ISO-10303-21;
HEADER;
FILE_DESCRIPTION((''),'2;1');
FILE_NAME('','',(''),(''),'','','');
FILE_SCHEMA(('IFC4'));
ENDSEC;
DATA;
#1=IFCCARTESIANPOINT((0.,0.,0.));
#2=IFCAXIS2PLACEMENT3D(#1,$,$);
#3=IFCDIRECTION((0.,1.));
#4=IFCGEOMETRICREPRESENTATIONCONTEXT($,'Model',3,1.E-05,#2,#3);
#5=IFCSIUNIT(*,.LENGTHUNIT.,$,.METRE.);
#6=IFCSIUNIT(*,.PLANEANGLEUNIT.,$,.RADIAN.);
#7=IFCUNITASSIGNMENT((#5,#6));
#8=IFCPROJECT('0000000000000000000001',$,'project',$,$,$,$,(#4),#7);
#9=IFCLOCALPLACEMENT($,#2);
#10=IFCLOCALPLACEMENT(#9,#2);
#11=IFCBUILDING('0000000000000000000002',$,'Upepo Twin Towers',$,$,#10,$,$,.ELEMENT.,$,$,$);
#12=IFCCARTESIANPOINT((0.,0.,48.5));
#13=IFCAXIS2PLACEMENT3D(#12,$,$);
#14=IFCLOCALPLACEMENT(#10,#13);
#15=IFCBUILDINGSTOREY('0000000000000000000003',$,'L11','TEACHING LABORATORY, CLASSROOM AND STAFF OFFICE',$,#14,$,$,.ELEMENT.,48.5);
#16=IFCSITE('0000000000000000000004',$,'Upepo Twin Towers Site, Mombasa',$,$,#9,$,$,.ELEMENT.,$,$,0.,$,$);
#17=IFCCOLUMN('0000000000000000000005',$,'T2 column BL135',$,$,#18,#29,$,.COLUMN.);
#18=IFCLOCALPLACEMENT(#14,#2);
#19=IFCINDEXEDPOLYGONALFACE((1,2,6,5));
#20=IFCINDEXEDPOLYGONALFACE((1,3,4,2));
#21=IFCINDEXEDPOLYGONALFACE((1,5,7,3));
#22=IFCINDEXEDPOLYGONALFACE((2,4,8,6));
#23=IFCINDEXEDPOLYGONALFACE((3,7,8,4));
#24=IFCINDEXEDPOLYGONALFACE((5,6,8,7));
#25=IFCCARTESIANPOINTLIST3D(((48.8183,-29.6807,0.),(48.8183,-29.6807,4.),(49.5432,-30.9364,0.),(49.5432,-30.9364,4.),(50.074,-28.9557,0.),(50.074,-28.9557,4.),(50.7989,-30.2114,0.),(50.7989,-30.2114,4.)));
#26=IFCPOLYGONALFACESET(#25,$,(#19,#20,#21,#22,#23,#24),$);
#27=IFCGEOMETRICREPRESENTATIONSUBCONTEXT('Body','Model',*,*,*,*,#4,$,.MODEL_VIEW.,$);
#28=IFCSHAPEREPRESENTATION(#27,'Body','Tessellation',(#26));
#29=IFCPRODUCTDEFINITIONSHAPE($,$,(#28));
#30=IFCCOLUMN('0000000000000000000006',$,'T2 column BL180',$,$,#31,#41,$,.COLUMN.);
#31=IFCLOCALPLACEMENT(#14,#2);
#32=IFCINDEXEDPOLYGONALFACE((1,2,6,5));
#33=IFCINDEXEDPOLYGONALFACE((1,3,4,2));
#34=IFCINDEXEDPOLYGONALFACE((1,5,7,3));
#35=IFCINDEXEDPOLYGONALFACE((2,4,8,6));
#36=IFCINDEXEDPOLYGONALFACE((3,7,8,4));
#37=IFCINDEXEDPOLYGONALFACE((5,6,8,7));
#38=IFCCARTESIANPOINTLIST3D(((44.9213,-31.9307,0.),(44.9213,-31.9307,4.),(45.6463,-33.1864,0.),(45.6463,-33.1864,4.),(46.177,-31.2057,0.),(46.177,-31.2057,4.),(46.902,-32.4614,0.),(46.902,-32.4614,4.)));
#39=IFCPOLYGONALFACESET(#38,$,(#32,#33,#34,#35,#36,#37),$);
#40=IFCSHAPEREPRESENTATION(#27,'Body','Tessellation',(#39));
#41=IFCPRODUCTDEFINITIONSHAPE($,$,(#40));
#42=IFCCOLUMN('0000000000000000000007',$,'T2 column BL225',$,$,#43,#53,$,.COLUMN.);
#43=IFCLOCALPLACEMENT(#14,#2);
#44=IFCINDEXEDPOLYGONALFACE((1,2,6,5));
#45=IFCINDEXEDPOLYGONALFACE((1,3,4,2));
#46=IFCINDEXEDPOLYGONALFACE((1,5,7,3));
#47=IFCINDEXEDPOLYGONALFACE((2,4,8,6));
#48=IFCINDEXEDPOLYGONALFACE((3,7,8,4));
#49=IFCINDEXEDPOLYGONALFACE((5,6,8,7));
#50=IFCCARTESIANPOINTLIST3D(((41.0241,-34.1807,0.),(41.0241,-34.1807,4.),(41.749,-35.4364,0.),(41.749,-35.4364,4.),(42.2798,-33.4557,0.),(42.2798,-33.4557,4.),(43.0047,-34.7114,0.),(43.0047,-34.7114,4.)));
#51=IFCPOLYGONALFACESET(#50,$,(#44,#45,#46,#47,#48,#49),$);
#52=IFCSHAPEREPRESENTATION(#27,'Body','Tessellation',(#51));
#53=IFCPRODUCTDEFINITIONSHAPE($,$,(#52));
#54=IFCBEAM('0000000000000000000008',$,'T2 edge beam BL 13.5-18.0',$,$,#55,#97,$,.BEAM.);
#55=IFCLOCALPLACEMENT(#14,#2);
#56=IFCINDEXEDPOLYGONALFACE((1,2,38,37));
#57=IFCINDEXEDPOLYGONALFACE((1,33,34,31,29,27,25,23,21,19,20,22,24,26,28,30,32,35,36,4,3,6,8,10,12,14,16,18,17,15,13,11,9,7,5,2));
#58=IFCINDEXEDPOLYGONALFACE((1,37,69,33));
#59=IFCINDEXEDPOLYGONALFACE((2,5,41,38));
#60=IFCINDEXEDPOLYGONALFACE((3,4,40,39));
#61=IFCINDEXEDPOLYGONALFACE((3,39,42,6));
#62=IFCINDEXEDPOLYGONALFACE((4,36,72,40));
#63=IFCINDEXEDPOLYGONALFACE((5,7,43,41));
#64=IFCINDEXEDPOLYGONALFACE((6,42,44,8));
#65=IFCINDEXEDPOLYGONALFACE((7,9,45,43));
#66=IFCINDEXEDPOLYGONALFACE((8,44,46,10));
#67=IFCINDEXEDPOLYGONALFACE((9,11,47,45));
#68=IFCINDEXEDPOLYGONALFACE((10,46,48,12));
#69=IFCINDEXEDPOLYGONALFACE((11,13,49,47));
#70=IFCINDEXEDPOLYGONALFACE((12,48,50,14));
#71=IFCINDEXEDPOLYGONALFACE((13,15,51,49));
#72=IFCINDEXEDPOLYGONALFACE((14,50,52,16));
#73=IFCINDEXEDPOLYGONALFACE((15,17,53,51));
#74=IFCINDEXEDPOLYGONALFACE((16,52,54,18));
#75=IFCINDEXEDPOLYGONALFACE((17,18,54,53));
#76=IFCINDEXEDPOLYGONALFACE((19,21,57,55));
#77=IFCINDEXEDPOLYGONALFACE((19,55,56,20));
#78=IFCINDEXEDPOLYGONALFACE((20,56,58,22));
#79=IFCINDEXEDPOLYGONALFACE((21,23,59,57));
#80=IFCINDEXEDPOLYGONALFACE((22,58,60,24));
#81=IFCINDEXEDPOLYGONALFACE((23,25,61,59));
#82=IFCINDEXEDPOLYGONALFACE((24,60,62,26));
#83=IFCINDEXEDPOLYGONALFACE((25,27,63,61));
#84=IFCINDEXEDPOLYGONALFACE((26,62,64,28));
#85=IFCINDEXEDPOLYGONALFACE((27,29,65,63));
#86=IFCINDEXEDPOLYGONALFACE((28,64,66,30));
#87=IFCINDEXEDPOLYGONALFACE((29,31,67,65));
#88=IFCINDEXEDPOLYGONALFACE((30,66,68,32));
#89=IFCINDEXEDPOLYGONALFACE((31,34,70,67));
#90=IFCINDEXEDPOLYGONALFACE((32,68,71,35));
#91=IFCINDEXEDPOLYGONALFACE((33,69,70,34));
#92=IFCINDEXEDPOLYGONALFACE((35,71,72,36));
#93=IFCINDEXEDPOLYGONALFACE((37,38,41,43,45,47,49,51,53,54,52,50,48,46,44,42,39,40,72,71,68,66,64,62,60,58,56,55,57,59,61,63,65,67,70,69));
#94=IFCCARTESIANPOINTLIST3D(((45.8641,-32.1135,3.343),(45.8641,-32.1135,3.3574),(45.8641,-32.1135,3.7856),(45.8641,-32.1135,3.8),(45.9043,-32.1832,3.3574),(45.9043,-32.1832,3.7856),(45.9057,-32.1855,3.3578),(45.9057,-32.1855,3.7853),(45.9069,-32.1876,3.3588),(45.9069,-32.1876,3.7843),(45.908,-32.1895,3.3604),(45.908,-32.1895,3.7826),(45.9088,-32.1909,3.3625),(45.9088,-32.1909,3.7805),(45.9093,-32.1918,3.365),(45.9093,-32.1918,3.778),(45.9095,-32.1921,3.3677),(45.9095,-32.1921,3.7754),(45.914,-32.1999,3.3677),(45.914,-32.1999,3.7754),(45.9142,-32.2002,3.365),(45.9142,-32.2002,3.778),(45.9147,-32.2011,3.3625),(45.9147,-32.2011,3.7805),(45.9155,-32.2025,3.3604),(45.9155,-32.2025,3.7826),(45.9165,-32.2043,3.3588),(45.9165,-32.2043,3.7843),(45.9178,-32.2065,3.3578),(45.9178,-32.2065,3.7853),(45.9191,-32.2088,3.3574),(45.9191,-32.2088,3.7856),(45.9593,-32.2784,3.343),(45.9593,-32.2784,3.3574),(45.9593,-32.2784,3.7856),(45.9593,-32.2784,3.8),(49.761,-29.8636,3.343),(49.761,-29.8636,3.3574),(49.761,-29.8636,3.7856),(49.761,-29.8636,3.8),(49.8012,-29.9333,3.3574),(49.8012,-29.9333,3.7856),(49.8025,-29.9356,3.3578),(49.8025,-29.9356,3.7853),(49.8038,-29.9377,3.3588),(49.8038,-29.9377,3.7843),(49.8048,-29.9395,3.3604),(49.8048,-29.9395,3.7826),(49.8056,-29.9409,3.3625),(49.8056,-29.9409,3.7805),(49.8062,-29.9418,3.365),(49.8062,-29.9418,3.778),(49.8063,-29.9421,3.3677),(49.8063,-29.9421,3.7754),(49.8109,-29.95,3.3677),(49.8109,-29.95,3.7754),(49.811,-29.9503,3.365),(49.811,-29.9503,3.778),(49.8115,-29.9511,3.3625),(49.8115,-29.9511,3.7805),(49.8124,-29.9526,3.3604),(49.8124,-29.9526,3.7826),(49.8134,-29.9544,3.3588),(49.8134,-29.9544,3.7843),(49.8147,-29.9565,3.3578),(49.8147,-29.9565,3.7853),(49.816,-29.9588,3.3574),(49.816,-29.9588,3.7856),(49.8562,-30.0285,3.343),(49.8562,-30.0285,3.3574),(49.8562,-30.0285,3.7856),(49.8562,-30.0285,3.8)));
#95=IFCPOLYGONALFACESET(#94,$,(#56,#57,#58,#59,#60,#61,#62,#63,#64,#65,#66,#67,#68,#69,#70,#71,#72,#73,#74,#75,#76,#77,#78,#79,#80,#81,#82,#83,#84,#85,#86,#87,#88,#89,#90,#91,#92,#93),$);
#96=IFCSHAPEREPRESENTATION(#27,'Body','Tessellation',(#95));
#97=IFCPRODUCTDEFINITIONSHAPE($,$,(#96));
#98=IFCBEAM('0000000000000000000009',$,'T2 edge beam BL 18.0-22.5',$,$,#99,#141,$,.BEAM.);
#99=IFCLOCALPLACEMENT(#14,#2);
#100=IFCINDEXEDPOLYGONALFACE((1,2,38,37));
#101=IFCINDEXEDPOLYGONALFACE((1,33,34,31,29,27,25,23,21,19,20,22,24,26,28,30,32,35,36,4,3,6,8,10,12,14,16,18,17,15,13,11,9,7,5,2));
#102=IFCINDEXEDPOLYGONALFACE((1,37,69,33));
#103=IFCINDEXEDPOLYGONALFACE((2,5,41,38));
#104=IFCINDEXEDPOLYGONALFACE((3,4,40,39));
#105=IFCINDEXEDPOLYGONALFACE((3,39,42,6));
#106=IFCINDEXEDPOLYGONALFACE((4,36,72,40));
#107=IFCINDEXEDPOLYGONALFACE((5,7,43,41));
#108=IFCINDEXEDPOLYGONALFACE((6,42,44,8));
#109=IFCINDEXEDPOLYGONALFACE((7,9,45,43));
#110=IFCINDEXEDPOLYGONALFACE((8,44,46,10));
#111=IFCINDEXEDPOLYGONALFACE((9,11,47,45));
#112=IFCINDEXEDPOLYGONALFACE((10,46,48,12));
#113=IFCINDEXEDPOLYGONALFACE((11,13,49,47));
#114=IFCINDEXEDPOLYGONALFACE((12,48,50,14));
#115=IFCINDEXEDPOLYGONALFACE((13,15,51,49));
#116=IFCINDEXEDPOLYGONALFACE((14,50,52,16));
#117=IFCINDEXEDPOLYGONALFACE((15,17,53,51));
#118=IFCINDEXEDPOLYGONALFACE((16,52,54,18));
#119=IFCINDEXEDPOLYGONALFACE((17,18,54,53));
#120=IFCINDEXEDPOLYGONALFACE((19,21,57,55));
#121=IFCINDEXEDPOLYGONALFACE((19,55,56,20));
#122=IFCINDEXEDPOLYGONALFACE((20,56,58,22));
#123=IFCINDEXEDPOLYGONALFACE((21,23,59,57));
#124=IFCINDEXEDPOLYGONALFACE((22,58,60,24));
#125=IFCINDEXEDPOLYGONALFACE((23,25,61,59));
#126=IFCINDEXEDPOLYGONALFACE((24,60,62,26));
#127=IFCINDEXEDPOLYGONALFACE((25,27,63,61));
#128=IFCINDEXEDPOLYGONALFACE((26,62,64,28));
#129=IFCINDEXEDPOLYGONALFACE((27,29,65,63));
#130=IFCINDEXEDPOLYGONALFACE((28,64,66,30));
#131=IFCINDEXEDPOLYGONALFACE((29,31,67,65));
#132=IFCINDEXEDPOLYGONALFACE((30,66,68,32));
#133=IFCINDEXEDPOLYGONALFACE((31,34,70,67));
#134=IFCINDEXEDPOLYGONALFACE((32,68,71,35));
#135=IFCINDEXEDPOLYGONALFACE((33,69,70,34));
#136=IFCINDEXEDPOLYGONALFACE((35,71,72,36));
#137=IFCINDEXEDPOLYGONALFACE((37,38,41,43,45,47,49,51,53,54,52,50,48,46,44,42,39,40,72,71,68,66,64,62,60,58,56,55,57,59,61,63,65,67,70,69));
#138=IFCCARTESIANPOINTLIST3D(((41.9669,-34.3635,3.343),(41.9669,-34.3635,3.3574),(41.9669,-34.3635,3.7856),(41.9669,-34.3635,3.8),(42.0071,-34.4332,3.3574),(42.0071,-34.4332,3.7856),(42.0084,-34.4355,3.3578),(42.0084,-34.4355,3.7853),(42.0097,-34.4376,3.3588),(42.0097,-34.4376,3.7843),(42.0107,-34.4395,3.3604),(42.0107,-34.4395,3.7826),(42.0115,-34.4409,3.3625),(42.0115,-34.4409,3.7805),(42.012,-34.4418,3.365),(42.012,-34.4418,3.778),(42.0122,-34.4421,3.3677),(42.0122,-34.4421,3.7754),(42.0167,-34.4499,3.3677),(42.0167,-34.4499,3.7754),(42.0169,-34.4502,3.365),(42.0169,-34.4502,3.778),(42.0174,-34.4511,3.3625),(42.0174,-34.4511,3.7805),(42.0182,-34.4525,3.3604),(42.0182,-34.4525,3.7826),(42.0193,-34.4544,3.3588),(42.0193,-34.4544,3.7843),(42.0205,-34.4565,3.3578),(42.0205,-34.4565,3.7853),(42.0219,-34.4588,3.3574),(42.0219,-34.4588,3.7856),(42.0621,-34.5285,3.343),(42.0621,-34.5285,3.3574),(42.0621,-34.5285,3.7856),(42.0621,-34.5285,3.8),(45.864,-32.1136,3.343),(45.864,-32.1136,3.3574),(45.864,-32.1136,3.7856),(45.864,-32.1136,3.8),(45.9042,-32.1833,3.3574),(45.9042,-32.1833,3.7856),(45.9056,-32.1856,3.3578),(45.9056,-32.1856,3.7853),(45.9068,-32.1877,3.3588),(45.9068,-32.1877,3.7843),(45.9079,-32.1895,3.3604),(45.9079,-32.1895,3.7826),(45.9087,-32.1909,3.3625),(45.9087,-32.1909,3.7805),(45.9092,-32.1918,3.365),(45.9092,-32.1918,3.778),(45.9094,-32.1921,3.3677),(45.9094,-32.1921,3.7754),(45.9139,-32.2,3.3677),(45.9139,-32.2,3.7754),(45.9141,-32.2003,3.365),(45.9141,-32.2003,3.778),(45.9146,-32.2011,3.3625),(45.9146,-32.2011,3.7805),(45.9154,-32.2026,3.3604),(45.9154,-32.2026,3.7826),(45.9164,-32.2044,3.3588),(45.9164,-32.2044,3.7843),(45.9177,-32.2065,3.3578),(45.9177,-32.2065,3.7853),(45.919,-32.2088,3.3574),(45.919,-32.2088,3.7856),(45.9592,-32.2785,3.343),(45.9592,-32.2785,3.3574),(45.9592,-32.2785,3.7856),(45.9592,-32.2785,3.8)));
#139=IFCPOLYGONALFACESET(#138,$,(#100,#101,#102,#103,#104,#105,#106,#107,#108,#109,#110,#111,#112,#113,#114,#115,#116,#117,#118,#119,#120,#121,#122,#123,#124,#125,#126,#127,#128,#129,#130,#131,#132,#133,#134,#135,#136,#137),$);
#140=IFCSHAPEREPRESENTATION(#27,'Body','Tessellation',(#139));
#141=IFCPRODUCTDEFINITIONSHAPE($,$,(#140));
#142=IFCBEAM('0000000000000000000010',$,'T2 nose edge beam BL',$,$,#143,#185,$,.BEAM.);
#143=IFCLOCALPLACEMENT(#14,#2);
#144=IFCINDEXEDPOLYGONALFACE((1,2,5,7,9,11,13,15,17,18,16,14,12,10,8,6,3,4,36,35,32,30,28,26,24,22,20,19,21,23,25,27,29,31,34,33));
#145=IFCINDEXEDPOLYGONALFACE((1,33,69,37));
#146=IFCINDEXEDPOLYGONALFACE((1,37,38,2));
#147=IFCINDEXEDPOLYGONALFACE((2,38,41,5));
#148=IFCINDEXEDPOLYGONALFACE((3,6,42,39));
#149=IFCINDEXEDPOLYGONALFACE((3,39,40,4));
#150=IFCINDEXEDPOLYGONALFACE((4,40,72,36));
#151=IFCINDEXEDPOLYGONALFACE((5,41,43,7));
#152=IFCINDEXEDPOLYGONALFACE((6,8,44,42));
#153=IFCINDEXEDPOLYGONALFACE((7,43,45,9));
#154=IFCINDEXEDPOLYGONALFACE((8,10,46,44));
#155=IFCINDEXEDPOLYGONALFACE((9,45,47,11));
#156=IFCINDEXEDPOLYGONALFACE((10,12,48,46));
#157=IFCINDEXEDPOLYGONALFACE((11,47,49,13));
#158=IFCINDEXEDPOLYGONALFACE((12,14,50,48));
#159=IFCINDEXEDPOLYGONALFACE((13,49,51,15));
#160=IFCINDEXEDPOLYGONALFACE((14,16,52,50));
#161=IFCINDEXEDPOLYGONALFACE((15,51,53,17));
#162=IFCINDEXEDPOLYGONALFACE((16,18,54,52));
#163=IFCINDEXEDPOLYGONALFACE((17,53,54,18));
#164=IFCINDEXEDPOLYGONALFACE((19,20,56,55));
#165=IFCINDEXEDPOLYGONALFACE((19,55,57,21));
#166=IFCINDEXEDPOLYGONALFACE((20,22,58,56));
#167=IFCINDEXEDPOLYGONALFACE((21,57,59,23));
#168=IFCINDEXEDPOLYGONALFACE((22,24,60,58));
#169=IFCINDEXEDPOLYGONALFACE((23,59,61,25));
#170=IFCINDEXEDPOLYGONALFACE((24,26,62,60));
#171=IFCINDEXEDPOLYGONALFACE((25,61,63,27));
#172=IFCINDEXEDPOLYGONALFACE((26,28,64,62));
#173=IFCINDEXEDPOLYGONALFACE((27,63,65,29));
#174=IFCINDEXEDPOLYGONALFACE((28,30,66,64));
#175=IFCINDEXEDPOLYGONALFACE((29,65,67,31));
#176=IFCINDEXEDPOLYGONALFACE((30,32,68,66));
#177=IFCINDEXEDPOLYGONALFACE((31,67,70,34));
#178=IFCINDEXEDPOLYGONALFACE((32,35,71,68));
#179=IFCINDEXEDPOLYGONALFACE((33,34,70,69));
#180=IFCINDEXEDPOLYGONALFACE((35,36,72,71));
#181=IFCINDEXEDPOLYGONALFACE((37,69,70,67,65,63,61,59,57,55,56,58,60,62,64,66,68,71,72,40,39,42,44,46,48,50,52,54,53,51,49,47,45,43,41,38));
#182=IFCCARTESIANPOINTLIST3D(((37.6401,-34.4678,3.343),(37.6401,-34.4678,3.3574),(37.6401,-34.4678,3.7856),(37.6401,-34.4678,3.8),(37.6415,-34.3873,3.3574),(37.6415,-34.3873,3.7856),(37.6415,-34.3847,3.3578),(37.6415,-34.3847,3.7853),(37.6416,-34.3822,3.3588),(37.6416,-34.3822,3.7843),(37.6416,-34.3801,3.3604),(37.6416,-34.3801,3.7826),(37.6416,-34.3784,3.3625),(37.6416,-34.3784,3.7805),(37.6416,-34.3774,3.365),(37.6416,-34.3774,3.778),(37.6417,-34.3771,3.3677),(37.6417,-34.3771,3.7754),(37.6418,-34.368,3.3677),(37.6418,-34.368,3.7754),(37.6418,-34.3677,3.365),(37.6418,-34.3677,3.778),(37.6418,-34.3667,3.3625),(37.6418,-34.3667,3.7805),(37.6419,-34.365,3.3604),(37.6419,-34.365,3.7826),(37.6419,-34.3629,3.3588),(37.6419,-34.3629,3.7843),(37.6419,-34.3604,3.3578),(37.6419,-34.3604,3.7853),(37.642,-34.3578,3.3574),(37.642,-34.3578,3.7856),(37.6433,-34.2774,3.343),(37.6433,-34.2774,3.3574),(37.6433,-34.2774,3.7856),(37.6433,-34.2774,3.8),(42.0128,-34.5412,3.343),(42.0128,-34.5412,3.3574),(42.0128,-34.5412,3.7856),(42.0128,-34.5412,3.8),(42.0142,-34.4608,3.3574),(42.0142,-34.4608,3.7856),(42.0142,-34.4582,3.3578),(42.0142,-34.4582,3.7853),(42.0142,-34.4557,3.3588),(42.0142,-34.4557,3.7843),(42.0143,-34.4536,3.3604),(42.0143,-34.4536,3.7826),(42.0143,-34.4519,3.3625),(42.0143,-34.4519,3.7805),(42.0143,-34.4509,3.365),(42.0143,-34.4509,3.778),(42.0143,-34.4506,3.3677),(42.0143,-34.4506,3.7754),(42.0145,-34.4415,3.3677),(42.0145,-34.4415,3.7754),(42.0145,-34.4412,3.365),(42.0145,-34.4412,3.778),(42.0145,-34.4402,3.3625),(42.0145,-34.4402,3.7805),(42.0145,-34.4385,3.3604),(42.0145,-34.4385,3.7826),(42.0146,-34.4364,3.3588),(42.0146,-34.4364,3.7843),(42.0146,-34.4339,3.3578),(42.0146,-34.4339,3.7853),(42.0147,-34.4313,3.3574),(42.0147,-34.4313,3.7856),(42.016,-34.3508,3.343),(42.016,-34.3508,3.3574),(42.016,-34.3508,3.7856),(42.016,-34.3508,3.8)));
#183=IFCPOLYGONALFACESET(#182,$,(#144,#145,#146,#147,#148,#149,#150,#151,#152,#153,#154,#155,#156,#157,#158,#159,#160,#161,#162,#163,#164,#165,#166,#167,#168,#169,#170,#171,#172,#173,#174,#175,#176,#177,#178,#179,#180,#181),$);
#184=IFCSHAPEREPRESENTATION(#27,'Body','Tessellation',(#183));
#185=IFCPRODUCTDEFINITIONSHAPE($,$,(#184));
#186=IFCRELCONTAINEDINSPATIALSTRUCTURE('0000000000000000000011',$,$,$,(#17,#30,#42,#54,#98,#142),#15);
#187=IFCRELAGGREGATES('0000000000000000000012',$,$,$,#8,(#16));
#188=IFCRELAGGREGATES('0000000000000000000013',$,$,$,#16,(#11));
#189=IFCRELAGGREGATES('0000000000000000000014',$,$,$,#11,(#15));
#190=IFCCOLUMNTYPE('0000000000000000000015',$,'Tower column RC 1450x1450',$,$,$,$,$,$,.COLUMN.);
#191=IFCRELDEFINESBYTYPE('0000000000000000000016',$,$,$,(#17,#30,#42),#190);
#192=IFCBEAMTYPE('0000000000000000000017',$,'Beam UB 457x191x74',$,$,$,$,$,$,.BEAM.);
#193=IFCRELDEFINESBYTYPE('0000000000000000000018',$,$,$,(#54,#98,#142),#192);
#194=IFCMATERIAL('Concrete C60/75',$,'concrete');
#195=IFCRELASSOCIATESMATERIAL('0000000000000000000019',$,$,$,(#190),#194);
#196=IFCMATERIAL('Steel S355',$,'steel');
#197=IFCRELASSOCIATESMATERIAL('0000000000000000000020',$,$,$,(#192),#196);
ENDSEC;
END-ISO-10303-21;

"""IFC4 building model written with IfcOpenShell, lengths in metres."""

from ifc_helpers import new_model, si_unit, direction, frame, origin, origin_2d, place, context, subcontext, project, spatial, rectangle, i_section, extrude, material, material_profile, profile_set, type_object, element, save


model = new_model("IFC4")

# Units and contexts
model_context = context("Model", 3, precision=1e-05, world=origin(), true_north=direction((0.0, 1.0)))
body_context = subcontext(model_context, "Body", "Model", "MODEL_VIEW")
ifc_project = project(units=[si_unit("LENGTHUNIT", "METRE"), si_unit("PLANEANGLEUNIT", "RADIAN")], contexts=[model_context])

# Site, building, storey
site_placement = place(None, origin())
site = spatial("IfcSite", under=ifc_project, at=site_placement, Name="Upepo Twin Towers Site, Mombasa", CompositionType="ELEMENT", RefElevation=0.0)
building_placement = place(site_placement, origin())
building = spatial("IfcBuilding", under=site, at=building_placement, Name="Upepo Twin Towers", CompositionType="ELEMENT")
storey_placement = place(building_placement, frame((0.0, 0.0, 48.5)))
storey = spatial("IfcBuildingStorey", under=building, at=storey_placement, Name="L11", Description="TEACHING LABORATORY, CLASSROOM AND STAFF OFFICE", CompositionType="ELEMENT", Elevation=48.5)

# Columns
ifc_material_1 = material(Name="Concrete C60/75", Category="concrete")
ifc_material_profile_1 = material_profile(ifc_material_1, rectangle(XDim=1.45, YDim=1.45, at=origin_2d()), Name="RC 1450x1450")
ifc_profile_set_1 = profile_set([ifc_material_profile_1], Name="Concrete C60/75")
column_type = type_object("IfcColumnType", Name="Tower column RC 1450x1450", PredefinedType="COLUMN", material=ifc_profile_set_1)
for number, where, z_axis, x_axis, name in (
    (1, (49.8086, -29.946, 0.0), (0.0, 0.0, 1.0), (0.866025, 0.5, 0.0), "T2 column BL135"),
    (2, (45.9116, -32.196, 0.0), (0.0, 0.0, 1.0), (0.866025, 0.5, 0.0), "T2 column BL180"),
    (3, (42.0144, -34.446, 0.0), (0.0, 0.0, 1.0), (0.866025, 0.5, 0.0), "T2 column BL225"),
):
    element("IfcColumn", number, at=place(storey_placement, frame(where, z_axis=z_axis, x_axis=x_axis)), inside=storey, type_object=column_type, Name=name, PredefinedType="COLUMN", context=body_context, shape_type="SweptSolid", body=[
        extrude(rectangle(XDim=1.45, YDim=1.45, at=origin_2d()), origin(), (0.0, 0.0, 1.0), 4.0),
    ])

# Beams
ifc_material_2 = material(Name="Steel S355", Category="steel")
ifc_material_profile_2 = material_profile(ifc_material_2, i_section(OverallWidth=0.1904, OverallDepth=0.457, WebThickness=0.009, FlangeThickness=0.0144, FilletRadius=0.0103, at=origin_2d()), Name="UB 457x191x74")
ifc_profile_set_2 = profile_set([ifc_material_profile_2], Name="Steel S355")
beam_type_1 = type_object("IfcBeamType", Name="Beam UB 457x191x74", PredefinedType="BEAM", material=ifc_profile_set_2)
beam_1_placement = place(storey_placement, frame((49.8086, -29.946, 3.5715), z_axis=(-0.866018, -0.500014, 0.0), x_axis=(0.500014, -0.866018, 0.0)))
element("IfcBeam", 4, at=beam_1_placement, inside=storey, type_object=beam_type_1, Name="T2 edge beam BL 13.5-18.0", PredefinedType="BEAM", context=body_context, shape_type="SweptSolid", body=[
    extrude(i_section(OverallWidth=0.1904, OverallDepth=0.457, WebThickness=0.009, FlangeThickness=0.0144, FilletRadius=0.0103, at=origin_2d()), origin(), (0.0, 0.0, 1.0), 4.4998),
])
beam_2_placement = place(storey_placement, frame((45.9116, -32.196, 3.5715), z_axis=(-0.866031, -0.49999, 0.0), x_axis=(0.49999, -0.866031, 0.0)))
element("IfcBeam", 5, at=beam_2_placement, inside=storey, type_object=beam_type_1, Name="T2 edge beam BL 18.0-22.5", PredefinedType="BEAM", context=body_context, shape_type="SweptSolid", body=[
    extrude(i_section(OverallWidth=0.1904, OverallDepth=0.457, WebThickness=0.009, FlangeThickness=0.0144, FilletRadius=0.0103, at=origin_2d()), origin(), (0.0, 0.0, 1.0), 4.5),
])
beam_3_placement = place(storey_placement, frame((42.0144, -34.446, 3.5715), z_axis=(-0.999859, 0.016804, 0.0), x_axis=(-0.016804, -0.999859, 0.0)))
element("IfcBeam", 6, at=beam_3_placement, inside=storey, type_object=beam_type_1, Name="T2 nose edge beam BL", PredefinedType="BEAM", context=body_context, shape_type="SweptSolid", body=[
    extrude(i_section(OverallWidth=0.1904, OverallDepth=0.457, WebThickness=0.009, FlangeThickness=0.0144, FilletRadius=0.0103, at=origin_2d()), origin(), (0.0, 0.0, 1.0), 4.3733),
])

save(model, "model.ifc")
